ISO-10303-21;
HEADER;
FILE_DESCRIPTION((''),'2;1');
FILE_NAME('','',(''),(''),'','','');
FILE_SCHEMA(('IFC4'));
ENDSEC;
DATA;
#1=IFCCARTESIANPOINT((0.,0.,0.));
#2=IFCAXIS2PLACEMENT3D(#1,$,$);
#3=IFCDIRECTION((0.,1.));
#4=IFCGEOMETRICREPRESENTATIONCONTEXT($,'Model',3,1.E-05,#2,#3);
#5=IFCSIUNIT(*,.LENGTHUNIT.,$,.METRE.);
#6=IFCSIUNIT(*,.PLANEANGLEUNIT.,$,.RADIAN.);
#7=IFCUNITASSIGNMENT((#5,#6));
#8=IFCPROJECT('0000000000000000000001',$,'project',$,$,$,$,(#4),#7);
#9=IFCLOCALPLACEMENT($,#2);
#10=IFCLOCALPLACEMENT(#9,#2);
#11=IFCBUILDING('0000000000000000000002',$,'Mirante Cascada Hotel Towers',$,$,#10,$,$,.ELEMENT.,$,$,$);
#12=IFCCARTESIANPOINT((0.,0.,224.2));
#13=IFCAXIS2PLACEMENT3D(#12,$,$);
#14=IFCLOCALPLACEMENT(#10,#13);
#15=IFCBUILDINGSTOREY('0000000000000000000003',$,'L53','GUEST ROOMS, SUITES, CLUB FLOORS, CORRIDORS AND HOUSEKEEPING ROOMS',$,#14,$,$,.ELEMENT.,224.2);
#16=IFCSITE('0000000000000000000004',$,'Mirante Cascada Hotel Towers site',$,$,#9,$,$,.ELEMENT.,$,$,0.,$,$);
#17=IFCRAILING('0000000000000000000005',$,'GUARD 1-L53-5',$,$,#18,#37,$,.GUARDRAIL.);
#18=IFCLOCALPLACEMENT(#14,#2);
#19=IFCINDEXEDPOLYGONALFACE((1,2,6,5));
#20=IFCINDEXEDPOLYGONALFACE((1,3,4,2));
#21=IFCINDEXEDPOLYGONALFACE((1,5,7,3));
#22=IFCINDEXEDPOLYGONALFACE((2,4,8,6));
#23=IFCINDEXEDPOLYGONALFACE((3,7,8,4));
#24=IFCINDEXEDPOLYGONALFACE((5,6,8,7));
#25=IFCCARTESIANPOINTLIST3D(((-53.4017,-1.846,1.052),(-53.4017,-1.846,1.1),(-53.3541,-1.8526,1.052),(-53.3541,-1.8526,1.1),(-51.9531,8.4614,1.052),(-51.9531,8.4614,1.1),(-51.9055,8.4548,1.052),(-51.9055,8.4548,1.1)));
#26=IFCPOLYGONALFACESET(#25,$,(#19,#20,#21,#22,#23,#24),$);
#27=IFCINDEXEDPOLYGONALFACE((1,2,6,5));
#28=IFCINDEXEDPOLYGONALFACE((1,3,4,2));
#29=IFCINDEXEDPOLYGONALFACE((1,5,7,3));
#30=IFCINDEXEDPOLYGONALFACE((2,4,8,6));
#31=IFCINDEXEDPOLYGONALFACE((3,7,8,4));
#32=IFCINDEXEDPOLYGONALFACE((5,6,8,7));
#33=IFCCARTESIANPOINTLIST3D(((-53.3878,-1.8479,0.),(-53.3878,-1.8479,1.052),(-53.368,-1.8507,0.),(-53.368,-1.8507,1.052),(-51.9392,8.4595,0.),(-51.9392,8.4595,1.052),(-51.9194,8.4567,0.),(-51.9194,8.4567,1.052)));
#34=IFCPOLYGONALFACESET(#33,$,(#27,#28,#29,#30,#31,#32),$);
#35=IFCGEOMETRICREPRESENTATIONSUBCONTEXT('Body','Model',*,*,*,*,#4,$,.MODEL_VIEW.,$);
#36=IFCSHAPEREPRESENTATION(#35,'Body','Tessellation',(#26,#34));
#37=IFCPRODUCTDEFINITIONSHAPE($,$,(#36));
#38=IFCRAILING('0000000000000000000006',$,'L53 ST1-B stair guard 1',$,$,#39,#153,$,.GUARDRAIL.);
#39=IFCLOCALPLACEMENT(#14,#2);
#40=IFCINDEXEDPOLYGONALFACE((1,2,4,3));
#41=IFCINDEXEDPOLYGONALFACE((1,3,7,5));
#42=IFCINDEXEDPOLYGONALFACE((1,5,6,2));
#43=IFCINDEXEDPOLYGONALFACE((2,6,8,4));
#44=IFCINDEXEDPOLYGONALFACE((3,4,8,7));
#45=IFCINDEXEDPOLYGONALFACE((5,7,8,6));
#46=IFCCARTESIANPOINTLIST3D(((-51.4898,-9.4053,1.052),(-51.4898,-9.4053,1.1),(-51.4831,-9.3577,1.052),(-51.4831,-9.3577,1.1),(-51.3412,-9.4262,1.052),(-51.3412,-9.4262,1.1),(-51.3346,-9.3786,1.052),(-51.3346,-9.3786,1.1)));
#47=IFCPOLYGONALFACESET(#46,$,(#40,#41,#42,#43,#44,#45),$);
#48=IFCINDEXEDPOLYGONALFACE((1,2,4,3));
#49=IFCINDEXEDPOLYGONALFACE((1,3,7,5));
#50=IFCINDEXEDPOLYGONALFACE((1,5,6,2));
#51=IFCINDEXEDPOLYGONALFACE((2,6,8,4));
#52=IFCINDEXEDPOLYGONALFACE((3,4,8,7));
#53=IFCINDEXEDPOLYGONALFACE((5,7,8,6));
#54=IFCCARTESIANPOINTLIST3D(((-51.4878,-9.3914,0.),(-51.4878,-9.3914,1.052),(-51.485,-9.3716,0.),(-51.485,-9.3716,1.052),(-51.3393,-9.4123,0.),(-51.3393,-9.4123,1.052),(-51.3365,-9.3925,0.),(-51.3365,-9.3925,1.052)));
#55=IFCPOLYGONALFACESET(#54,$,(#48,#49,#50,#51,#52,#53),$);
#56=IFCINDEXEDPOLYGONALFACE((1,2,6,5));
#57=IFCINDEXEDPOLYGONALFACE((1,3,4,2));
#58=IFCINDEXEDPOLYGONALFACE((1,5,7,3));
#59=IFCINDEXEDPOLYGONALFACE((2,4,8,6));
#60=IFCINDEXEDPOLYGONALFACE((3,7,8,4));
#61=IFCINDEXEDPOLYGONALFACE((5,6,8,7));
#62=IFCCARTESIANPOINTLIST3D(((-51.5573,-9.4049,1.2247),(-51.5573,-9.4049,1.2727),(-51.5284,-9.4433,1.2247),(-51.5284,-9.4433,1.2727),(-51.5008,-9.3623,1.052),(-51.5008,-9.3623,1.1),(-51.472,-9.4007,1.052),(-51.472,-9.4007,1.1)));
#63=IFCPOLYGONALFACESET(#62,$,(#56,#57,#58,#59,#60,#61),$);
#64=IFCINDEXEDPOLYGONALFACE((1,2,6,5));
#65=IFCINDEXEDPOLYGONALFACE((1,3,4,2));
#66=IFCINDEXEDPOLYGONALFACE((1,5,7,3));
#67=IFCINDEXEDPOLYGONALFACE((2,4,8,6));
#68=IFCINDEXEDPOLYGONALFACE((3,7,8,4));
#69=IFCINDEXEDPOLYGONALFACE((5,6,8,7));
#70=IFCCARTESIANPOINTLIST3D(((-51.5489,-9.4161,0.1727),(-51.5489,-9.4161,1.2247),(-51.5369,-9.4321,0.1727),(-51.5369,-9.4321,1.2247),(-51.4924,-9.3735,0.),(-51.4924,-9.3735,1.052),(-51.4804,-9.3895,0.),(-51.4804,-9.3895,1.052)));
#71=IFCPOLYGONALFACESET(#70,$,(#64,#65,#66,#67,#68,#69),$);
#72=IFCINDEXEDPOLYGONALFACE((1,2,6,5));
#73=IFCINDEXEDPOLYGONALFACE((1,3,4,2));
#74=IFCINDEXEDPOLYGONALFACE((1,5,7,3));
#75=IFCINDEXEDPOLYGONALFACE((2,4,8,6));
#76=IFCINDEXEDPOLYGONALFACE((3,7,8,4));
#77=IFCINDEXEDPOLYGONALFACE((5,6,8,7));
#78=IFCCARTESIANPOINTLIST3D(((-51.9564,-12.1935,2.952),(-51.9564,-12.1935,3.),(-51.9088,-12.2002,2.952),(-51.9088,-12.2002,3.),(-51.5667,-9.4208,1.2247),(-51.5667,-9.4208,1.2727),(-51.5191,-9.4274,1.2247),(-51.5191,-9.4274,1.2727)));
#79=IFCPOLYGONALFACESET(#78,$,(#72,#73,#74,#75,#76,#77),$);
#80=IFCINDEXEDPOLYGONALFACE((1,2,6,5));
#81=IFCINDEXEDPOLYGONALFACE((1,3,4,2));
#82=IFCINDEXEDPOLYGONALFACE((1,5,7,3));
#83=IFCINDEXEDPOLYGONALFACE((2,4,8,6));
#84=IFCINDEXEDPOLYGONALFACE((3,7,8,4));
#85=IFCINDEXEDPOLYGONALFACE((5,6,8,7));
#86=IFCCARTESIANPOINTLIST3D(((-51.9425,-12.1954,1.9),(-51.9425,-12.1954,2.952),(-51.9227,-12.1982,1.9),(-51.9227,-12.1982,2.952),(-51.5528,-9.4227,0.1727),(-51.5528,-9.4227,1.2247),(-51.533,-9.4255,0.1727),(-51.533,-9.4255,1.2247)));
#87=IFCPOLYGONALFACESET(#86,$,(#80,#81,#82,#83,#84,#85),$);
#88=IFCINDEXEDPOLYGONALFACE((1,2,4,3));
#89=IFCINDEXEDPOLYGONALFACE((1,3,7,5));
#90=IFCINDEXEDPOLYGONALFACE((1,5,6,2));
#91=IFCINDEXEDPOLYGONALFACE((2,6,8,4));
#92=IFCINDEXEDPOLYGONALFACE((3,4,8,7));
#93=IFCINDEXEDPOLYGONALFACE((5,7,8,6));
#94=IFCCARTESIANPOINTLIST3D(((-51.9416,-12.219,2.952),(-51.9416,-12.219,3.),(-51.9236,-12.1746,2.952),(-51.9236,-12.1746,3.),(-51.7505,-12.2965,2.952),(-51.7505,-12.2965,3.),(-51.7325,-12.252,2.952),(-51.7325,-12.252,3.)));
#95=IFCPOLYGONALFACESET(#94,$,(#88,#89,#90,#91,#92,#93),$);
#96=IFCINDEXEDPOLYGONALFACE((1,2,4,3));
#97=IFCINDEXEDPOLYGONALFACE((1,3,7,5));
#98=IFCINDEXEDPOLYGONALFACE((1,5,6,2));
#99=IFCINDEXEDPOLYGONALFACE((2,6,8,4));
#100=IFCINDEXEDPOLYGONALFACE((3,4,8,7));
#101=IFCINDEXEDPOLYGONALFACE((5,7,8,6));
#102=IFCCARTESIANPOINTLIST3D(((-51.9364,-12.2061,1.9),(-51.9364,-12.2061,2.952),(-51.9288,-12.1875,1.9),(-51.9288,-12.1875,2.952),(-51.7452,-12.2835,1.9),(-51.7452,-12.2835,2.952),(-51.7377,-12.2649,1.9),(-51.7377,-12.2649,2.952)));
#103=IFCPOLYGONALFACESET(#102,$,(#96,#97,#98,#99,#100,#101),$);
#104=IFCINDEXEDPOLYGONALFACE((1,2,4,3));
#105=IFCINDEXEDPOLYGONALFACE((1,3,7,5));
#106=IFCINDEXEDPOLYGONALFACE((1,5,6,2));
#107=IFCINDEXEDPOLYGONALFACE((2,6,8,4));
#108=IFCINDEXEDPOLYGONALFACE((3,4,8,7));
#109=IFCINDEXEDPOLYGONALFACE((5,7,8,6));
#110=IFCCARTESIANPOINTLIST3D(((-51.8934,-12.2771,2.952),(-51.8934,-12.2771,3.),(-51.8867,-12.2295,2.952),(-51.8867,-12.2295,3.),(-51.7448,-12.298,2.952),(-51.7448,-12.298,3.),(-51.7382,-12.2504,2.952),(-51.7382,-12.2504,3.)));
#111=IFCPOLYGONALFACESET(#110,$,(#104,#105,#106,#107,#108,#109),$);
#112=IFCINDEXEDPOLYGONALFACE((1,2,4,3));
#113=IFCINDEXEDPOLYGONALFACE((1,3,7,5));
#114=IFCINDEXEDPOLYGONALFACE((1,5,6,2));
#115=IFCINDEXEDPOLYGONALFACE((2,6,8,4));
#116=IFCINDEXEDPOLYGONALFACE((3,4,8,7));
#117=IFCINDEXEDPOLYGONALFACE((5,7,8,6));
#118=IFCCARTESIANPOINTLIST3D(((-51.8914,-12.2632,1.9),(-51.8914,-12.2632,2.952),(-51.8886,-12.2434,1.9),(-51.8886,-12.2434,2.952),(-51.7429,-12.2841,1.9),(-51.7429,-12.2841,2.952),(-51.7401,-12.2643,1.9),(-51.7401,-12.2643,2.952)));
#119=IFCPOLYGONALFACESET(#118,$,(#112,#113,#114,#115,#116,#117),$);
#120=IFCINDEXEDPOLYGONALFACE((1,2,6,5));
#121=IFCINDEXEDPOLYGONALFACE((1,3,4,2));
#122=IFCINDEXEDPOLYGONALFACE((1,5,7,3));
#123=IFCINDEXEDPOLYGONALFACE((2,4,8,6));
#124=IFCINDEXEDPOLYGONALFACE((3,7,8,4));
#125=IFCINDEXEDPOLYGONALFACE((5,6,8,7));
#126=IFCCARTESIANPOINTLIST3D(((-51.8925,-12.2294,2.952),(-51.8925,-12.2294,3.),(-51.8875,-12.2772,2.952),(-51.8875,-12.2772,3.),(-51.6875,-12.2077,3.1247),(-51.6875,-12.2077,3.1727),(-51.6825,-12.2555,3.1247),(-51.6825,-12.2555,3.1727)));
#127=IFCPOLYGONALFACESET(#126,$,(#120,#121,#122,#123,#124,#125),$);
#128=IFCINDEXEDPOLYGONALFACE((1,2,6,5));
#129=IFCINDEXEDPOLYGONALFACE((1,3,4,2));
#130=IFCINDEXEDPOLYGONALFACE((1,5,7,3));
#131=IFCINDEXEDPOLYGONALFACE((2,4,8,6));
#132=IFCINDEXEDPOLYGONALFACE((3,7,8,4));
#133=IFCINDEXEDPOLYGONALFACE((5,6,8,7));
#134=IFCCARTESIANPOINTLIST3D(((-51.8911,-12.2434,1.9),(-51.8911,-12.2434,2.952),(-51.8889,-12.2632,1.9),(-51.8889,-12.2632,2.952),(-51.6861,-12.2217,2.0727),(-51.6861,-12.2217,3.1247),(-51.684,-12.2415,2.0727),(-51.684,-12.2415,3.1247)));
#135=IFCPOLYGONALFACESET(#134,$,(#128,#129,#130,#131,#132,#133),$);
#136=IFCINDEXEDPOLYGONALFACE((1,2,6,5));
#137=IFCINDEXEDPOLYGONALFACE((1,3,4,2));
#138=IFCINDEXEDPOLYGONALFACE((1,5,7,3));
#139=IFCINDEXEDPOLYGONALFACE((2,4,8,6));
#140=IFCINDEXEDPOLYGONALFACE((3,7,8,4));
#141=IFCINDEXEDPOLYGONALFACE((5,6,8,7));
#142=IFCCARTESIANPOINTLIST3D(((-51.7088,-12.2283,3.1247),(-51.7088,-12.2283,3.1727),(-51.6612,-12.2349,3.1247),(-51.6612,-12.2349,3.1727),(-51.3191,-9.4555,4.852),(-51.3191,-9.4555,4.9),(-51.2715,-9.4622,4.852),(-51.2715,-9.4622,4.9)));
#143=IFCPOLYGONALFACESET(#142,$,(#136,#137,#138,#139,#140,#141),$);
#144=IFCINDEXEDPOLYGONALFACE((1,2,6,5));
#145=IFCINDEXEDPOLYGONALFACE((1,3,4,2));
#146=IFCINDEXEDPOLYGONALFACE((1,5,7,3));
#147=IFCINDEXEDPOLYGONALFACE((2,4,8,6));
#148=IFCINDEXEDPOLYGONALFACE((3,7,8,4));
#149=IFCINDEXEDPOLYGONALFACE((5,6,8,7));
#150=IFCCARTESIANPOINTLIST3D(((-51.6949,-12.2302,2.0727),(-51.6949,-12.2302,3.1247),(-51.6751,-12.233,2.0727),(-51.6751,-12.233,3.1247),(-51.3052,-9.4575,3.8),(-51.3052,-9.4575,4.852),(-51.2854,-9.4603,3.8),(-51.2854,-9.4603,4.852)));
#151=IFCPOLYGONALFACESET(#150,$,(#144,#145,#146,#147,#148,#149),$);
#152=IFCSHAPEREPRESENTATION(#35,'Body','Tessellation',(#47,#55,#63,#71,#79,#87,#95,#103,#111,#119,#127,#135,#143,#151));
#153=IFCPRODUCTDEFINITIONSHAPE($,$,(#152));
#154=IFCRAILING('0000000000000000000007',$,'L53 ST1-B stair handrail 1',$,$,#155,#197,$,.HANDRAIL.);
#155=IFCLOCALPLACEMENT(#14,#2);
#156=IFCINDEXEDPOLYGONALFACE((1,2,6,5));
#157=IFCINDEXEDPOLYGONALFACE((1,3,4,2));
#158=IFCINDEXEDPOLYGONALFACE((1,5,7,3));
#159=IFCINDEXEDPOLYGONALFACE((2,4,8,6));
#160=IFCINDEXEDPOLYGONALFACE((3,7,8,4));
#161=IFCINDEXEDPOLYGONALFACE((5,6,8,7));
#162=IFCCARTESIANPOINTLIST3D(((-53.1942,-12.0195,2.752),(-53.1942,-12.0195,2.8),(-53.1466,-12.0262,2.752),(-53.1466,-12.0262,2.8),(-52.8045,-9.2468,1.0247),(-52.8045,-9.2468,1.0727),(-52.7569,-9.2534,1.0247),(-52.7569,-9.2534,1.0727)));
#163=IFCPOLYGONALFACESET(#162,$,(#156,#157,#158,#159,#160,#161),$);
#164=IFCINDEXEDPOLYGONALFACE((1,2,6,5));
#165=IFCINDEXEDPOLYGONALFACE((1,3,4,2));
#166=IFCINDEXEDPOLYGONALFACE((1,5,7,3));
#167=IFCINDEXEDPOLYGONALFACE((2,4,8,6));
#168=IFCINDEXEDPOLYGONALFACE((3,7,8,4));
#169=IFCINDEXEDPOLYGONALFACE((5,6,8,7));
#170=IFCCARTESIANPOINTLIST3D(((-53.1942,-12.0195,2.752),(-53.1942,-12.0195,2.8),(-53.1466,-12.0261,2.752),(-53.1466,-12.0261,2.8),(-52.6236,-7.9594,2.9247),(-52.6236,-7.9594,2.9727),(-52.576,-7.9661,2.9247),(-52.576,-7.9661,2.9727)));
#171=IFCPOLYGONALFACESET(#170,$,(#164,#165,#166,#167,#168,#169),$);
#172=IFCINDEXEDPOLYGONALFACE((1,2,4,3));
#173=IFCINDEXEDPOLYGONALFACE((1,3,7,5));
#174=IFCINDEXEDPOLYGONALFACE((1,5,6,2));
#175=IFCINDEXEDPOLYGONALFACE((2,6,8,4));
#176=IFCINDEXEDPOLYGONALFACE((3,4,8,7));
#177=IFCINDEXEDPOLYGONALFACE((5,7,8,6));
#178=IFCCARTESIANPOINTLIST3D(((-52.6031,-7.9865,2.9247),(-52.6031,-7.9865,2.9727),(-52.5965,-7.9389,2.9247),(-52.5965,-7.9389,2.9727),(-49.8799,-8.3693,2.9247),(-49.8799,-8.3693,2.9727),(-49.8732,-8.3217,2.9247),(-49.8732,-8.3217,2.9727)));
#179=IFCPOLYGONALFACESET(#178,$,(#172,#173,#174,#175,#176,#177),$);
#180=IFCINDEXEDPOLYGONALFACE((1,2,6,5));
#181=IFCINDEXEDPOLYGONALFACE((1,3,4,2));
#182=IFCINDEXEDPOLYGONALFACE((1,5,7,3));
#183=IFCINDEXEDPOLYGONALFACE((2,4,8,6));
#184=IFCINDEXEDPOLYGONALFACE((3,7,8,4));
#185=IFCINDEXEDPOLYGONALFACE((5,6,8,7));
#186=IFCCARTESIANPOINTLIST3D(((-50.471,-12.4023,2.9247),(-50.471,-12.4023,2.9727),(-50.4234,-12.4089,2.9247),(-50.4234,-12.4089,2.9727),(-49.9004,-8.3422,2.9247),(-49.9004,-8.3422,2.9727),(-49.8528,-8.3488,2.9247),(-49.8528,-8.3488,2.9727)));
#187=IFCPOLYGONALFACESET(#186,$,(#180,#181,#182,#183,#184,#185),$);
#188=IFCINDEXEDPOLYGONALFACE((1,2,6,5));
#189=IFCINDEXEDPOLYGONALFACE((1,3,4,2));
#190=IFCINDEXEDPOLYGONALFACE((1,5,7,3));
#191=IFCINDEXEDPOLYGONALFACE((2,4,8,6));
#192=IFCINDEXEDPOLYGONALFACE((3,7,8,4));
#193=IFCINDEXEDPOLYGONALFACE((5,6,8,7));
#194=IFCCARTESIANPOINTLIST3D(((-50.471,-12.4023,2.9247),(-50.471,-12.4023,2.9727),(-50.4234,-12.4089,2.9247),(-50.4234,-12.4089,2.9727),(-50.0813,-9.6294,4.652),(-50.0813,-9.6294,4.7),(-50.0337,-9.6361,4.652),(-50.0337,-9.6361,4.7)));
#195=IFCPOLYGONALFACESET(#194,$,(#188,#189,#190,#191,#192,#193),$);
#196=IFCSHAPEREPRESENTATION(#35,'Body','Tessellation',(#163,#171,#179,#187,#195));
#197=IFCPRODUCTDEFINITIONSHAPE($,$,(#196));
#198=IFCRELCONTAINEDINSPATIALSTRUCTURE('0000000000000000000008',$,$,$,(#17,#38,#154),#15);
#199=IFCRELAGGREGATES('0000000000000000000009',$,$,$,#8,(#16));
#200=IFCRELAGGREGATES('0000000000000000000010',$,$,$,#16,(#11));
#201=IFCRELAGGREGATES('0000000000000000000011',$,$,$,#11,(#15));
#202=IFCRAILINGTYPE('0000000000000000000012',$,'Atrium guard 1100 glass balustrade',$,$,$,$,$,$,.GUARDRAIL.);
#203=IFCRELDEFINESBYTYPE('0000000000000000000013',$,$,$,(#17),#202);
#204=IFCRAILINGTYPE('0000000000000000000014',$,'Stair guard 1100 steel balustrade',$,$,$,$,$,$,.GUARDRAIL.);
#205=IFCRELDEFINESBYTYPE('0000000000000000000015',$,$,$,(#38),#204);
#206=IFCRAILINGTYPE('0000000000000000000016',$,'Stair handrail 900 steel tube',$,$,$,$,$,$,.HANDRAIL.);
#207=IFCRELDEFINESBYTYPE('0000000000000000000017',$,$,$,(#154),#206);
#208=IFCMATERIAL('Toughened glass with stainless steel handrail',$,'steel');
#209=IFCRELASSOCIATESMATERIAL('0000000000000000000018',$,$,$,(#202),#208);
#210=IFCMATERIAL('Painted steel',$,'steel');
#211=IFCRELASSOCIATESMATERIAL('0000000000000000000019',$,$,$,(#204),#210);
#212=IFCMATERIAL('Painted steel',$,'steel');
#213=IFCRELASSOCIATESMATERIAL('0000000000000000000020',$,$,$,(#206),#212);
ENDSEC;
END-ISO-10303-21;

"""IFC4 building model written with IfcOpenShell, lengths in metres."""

from ifc_helpers import new_model, si_unit, direction, frame, origin, origin_2d, place, context, subcontext, project, spatial, rectangle, extrude, material, type_object, element, save


model = new_model("IFC4")

# Units and contexts
model_context = context("Model", 3, precision=1e-05, world=origin(), true_north=direction((0.0, 1.0)))
body_context = subcontext(model_context, "Body", "Model", "MODEL_VIEW")
ifc_project = project(units=[si_unit("LENGTHUNIT", "METRE"), si_unit("PLANEANGLEUNIT", "RADIAN")], contexts=[model_context])

# Site, building, storey
site_placement = place(None, origin())
site = spatial("IfcSite", under=ifc_project, at=site_placement, Name="Mirante Cascada Hotel Towers site", CompositionType="ELEMENT", RefElevation=0.0)
building_placement = place(site_placement, origin())
building = spatial("IfcBuilding", under=site, at=building_placement, Name="Mirante Cascada Hotel Towers", CompositionType="ELEMENT")
storey_placement = place(building_placement, frame((0.0, 0.0, 224.2)))
storey = spatial("IfcBuildingStorey", under=building, at=storey_placement, Name="L53", Description="GUEST ROOMS, SUITES, CLUB FLOORS, CORRIDORS AND HOUSEKEEPING ROOMS", CompositionType="ELEMENT", Elevation=224.2)

# Railings
ifc_material_1 = material(Name="Toughened glass with stainless steel handrail", Category="steel")
railing_type_1 = type_object("IfcRailingType", Name="Atrium guard 1100 glass balustrade", PredefinedType="GUARDRAIL", material=ifc_material_1)
railing_1_placement = place(storey_placement, frame((-53.3779, -1.8493, 0.0)))
element("IfcRailing", 1, at=railing_1_placement, inside=storey, type_object=railing_type_1, Name="GUARD 1-L53-5", PredefinedType="GUARDRAIL", context=body_context, shape_type="SweptSolid", body=[
    extrude(rectangle(XDim=0.048, YDim=0.048, at=origin_2d()), frame((0.0, 0.0, 1.076), z_axis=(0.139172, 0.990268, 0.0), x_axis=(-0.990268, 0.139172, 0.0)), (0.0, 0.0, 1.0), 10.4087),
    extrude(rectangle(XDim=0.02, YDim=1.052, at=origin_2d()), frame((0.0, 0.0, 0.526), z_axis=(0.139172, 0.990268, 0.0), x_axis=(-0.990268, 0.139172, 0.0)), (0.0, 0.0, 1.0), 10.4087),
])
ifc_material_2 = material(Name="Painted steel", Category="steel")
railing_type_2 = type_object("IfcRailingType", Name="Stair guard 1100 steel balustrade", PredefinedType="GUARDRAIL", material=ifc_material_2)
railing_2_placement = place(storey_placement, frame((-51.3379, -9.4024, 0.0)))
element("IfcRailing", 2, at=railing_2_placement, inside=storey, type_object=railing_type_2, Name="L53 ST1-B stair guard 1", PredefinedType="GUARDRAIL", context=body_context, shape_type="SweptSolid", body=[
    extrude(rectangle(XDim=0.048, YDim=0.048, at=origin_2d()), frame((0.0, 0.0, 1.076), z_axis=(-0.990241, 0.139367, 0.0), x_axis=(-0.139367, -0.990241, 0.0)), (0.0, 0.0, 1.0), 0.15),
    extrude(rectangle(XDim=0.02, YDim=1.052, at=origin_2d()), frame((0.0, 0.0, 0.526), z_axis=(-0.990241, 0.139367, 0.0), x_axis=(-0.139367, -0.990241, 0.0)), (0.0, 0.0, 1.0), 0.15),
    extrude(rectangle(XDim=0.048, YDim=0.048, at=origin_2d()), frame((-0.1485, 0.0209, 1.076), z_axis=(-0.798471, -0.602033, 0.0), x_axis=(0.602033, -0.798471, 0.0)), (0.0, 0.92534, 0.379139), 0.1866),
    extrude(rectangle(XDim=0.02, YDim=1.052, at=origin_2d()), frame((-0.1485, 0.0209, 0.526), z_axis=(-0.798471, -0.602033, 0.0), x_axis=(0.602033, -0.798471, 0.0)), (0.0, 0.92534, 0.379139), 0.1866),
    extrude(rectangle(XDim=0.048, YDim=0.048, at=origin_2d()), frame((-0.205, -0.0217, 1.2487), z_axis=(-0.139181, -0.990267, 0.0), x_axis=(0.990267, -0.139181, 0.0)), (0.0, 0.525035, 0.851081), 3.2899),
    extrude(rectangle(XDim=0.02, YDim=1.052, at=origin_2d()), frame((-0.205, -0.0217, 0.6987), z_axis=(-0.139181, -0.990267, 0.0), x_axis=(0.990267, -0.139181, 0.0)), (0.0, 0.525035, 0.851081), 3.2899),
    extrude(rectangle(XDim=0.048, YDim=0.048, at=origin_2d()), frame((-0.5947, -2.7944, 2.976), z_axis=(0.926862, -0.375401, 0.0), x_axis=(0.375401, 0.926862, 0.0)), (0.0, 0.0, 1.0), 0.2062),
    extrude(rectangle(XDim=0.02, YDim=1.052, at=origin_2d()), frame((-0.5947, -2.7944, 2.426), z_axis=(0.926862, -0.375401, 0.0), x_axis=(0.375401, 0.926862, 0.0)), (0.0, 0.0, 1.0), 0.2062),
    extrude(rectangle(XDim=0.048, YDim=0.048, at=origin_2d()), frame((-0.4036, -2.8718, 2.976), z_axis=(-0.990241, 0.139367, 0.0), x_axis=(-0.139367, -0.990241, 0.0)), (0.0, 0.0, 1.0), 0.15),
    extrude(rectangle(XDim=0.02, YDim=1.052, at=origin_2d()), frame((-0.4036, -2.8718, 2.426), z_axis=(-0.990241, 0.139367, 0.0), x_axis=(-0.139367, -0.990241, 0.0)), (0.0, 0.0, 1.0), 0.15),
    extrude(rectangle(XDim=0.048, YDim=0.048, at=origin_2d()), frame((-0.5521, -2.8509, 2.976), z_axis=(0.994444, 0.105266, 0.0), x_axis=(-0.105266, 0.994444, 0.0)), (0.0, 0.642184, 0.76655), 0.2689),
    extrude(rectangle(XDim=0.02, YDim=1.052, at=origin_2d()), frame((-0.5521, -2.8509, 2.426), z_axis=(0.994444, 0.105266, 0.0), x_axis=(-0.105266, 0.994444, 0.0)), (0.0, 0.642184, 0.76655), 0.2689),
    extrude(rectangle(XDim=0.048, YDim=0.048, at=origin_2d()), frame((-0.3471, -2.8292, 3.1487), z_axis=(0.139181, 0.990267, 0.0), x_axis=(-0.990267, 0.139181, 0.0)), (0.0, 0.525035, 0.851081), 3.2899),
    extrude(rectangle(XDim=0.02, YDim=1.052, at=origin_2d()), frame((-0.3471, -2.8292, 2.5987), z_axis=(0.139181, 0.990267, 0.0), x_axis=(-0.990267, 0.139181, 0.0)), (0.0, 0.525035, 0.851081), 3.2899),
])
ifc_material_3 = material(Name="Painted steel", Category="steel")
railing_type_3 = type_object("IfcRailingType", Name="Stair handrail 900 steel tube", PredefinedType="HANDRAIL", material=ifc_material_3)
railing_3_placement = place(storey_placement, frame((-52.7807, -9.2501, 0.1727)))
element("IfcRailing", 3, at=railing_3_placement, inside=storey, type_object=railing_type_3, Name="L53 ST1-B stair handrail 1", PredefinedType="HANDRAIL", context=body_context, shape_type="SweptSolid", body=[
    extrude(rectangle(XDim=0.048, YDim=0.048, at=origin_2d()), frame((0.0, 0.0, 0.876), z_axis=(-0.139181, -0.990267, 0.0), x_axis=(0.990267, -0.139181, 0.0)), (0.0, 0.525035, 0.851081), 3.2899),
    extrude(rectangle(XDim=0.048, YDim=0.048, at=origin_2d()), frame((-0.3897, -2.7727, 2.6033), z_axis=(0.139171, 0.990268, 0.0), x_axis=(-0.990268, 0.139171, 0.0)), (0.0, 0.042085, 0.999114), 4.1036),
    extrude(rectangle(XDim=0.048, YDim=0.048, at=origin_2d()), frame((0.1809, 1.2874, 2.776), z_axis=(0.990264, -0.139201, 0.0), x_axis=(0.139201, 0.990264, 0.0)), (0.0, 0.0, 1.0), 2.75),
    extrude(rectangle(XDim=0.048, YDim=0.048, at=origin_2d()), frame((2.9041, 0.9046, 2.776), z_axis=(-0.139171, -0.990268, 0.0), x_axis=(0.990268, -0.139171, 0.0)), (0.0, 0.0, 1.0), 4.1),
    extrude(rectangle(XDim=0.048, YDim=0.048, at=origin_2d()), frame((2.3335, -3.1555, 2.776), z_axis=(0.139176, 0.990268, 0.0), x_axis=(-0.990268, 0.139176, 0.0)), (0.0, 0.525021, 0.851089), 3.29),
])

save(model, "model.ifc")
